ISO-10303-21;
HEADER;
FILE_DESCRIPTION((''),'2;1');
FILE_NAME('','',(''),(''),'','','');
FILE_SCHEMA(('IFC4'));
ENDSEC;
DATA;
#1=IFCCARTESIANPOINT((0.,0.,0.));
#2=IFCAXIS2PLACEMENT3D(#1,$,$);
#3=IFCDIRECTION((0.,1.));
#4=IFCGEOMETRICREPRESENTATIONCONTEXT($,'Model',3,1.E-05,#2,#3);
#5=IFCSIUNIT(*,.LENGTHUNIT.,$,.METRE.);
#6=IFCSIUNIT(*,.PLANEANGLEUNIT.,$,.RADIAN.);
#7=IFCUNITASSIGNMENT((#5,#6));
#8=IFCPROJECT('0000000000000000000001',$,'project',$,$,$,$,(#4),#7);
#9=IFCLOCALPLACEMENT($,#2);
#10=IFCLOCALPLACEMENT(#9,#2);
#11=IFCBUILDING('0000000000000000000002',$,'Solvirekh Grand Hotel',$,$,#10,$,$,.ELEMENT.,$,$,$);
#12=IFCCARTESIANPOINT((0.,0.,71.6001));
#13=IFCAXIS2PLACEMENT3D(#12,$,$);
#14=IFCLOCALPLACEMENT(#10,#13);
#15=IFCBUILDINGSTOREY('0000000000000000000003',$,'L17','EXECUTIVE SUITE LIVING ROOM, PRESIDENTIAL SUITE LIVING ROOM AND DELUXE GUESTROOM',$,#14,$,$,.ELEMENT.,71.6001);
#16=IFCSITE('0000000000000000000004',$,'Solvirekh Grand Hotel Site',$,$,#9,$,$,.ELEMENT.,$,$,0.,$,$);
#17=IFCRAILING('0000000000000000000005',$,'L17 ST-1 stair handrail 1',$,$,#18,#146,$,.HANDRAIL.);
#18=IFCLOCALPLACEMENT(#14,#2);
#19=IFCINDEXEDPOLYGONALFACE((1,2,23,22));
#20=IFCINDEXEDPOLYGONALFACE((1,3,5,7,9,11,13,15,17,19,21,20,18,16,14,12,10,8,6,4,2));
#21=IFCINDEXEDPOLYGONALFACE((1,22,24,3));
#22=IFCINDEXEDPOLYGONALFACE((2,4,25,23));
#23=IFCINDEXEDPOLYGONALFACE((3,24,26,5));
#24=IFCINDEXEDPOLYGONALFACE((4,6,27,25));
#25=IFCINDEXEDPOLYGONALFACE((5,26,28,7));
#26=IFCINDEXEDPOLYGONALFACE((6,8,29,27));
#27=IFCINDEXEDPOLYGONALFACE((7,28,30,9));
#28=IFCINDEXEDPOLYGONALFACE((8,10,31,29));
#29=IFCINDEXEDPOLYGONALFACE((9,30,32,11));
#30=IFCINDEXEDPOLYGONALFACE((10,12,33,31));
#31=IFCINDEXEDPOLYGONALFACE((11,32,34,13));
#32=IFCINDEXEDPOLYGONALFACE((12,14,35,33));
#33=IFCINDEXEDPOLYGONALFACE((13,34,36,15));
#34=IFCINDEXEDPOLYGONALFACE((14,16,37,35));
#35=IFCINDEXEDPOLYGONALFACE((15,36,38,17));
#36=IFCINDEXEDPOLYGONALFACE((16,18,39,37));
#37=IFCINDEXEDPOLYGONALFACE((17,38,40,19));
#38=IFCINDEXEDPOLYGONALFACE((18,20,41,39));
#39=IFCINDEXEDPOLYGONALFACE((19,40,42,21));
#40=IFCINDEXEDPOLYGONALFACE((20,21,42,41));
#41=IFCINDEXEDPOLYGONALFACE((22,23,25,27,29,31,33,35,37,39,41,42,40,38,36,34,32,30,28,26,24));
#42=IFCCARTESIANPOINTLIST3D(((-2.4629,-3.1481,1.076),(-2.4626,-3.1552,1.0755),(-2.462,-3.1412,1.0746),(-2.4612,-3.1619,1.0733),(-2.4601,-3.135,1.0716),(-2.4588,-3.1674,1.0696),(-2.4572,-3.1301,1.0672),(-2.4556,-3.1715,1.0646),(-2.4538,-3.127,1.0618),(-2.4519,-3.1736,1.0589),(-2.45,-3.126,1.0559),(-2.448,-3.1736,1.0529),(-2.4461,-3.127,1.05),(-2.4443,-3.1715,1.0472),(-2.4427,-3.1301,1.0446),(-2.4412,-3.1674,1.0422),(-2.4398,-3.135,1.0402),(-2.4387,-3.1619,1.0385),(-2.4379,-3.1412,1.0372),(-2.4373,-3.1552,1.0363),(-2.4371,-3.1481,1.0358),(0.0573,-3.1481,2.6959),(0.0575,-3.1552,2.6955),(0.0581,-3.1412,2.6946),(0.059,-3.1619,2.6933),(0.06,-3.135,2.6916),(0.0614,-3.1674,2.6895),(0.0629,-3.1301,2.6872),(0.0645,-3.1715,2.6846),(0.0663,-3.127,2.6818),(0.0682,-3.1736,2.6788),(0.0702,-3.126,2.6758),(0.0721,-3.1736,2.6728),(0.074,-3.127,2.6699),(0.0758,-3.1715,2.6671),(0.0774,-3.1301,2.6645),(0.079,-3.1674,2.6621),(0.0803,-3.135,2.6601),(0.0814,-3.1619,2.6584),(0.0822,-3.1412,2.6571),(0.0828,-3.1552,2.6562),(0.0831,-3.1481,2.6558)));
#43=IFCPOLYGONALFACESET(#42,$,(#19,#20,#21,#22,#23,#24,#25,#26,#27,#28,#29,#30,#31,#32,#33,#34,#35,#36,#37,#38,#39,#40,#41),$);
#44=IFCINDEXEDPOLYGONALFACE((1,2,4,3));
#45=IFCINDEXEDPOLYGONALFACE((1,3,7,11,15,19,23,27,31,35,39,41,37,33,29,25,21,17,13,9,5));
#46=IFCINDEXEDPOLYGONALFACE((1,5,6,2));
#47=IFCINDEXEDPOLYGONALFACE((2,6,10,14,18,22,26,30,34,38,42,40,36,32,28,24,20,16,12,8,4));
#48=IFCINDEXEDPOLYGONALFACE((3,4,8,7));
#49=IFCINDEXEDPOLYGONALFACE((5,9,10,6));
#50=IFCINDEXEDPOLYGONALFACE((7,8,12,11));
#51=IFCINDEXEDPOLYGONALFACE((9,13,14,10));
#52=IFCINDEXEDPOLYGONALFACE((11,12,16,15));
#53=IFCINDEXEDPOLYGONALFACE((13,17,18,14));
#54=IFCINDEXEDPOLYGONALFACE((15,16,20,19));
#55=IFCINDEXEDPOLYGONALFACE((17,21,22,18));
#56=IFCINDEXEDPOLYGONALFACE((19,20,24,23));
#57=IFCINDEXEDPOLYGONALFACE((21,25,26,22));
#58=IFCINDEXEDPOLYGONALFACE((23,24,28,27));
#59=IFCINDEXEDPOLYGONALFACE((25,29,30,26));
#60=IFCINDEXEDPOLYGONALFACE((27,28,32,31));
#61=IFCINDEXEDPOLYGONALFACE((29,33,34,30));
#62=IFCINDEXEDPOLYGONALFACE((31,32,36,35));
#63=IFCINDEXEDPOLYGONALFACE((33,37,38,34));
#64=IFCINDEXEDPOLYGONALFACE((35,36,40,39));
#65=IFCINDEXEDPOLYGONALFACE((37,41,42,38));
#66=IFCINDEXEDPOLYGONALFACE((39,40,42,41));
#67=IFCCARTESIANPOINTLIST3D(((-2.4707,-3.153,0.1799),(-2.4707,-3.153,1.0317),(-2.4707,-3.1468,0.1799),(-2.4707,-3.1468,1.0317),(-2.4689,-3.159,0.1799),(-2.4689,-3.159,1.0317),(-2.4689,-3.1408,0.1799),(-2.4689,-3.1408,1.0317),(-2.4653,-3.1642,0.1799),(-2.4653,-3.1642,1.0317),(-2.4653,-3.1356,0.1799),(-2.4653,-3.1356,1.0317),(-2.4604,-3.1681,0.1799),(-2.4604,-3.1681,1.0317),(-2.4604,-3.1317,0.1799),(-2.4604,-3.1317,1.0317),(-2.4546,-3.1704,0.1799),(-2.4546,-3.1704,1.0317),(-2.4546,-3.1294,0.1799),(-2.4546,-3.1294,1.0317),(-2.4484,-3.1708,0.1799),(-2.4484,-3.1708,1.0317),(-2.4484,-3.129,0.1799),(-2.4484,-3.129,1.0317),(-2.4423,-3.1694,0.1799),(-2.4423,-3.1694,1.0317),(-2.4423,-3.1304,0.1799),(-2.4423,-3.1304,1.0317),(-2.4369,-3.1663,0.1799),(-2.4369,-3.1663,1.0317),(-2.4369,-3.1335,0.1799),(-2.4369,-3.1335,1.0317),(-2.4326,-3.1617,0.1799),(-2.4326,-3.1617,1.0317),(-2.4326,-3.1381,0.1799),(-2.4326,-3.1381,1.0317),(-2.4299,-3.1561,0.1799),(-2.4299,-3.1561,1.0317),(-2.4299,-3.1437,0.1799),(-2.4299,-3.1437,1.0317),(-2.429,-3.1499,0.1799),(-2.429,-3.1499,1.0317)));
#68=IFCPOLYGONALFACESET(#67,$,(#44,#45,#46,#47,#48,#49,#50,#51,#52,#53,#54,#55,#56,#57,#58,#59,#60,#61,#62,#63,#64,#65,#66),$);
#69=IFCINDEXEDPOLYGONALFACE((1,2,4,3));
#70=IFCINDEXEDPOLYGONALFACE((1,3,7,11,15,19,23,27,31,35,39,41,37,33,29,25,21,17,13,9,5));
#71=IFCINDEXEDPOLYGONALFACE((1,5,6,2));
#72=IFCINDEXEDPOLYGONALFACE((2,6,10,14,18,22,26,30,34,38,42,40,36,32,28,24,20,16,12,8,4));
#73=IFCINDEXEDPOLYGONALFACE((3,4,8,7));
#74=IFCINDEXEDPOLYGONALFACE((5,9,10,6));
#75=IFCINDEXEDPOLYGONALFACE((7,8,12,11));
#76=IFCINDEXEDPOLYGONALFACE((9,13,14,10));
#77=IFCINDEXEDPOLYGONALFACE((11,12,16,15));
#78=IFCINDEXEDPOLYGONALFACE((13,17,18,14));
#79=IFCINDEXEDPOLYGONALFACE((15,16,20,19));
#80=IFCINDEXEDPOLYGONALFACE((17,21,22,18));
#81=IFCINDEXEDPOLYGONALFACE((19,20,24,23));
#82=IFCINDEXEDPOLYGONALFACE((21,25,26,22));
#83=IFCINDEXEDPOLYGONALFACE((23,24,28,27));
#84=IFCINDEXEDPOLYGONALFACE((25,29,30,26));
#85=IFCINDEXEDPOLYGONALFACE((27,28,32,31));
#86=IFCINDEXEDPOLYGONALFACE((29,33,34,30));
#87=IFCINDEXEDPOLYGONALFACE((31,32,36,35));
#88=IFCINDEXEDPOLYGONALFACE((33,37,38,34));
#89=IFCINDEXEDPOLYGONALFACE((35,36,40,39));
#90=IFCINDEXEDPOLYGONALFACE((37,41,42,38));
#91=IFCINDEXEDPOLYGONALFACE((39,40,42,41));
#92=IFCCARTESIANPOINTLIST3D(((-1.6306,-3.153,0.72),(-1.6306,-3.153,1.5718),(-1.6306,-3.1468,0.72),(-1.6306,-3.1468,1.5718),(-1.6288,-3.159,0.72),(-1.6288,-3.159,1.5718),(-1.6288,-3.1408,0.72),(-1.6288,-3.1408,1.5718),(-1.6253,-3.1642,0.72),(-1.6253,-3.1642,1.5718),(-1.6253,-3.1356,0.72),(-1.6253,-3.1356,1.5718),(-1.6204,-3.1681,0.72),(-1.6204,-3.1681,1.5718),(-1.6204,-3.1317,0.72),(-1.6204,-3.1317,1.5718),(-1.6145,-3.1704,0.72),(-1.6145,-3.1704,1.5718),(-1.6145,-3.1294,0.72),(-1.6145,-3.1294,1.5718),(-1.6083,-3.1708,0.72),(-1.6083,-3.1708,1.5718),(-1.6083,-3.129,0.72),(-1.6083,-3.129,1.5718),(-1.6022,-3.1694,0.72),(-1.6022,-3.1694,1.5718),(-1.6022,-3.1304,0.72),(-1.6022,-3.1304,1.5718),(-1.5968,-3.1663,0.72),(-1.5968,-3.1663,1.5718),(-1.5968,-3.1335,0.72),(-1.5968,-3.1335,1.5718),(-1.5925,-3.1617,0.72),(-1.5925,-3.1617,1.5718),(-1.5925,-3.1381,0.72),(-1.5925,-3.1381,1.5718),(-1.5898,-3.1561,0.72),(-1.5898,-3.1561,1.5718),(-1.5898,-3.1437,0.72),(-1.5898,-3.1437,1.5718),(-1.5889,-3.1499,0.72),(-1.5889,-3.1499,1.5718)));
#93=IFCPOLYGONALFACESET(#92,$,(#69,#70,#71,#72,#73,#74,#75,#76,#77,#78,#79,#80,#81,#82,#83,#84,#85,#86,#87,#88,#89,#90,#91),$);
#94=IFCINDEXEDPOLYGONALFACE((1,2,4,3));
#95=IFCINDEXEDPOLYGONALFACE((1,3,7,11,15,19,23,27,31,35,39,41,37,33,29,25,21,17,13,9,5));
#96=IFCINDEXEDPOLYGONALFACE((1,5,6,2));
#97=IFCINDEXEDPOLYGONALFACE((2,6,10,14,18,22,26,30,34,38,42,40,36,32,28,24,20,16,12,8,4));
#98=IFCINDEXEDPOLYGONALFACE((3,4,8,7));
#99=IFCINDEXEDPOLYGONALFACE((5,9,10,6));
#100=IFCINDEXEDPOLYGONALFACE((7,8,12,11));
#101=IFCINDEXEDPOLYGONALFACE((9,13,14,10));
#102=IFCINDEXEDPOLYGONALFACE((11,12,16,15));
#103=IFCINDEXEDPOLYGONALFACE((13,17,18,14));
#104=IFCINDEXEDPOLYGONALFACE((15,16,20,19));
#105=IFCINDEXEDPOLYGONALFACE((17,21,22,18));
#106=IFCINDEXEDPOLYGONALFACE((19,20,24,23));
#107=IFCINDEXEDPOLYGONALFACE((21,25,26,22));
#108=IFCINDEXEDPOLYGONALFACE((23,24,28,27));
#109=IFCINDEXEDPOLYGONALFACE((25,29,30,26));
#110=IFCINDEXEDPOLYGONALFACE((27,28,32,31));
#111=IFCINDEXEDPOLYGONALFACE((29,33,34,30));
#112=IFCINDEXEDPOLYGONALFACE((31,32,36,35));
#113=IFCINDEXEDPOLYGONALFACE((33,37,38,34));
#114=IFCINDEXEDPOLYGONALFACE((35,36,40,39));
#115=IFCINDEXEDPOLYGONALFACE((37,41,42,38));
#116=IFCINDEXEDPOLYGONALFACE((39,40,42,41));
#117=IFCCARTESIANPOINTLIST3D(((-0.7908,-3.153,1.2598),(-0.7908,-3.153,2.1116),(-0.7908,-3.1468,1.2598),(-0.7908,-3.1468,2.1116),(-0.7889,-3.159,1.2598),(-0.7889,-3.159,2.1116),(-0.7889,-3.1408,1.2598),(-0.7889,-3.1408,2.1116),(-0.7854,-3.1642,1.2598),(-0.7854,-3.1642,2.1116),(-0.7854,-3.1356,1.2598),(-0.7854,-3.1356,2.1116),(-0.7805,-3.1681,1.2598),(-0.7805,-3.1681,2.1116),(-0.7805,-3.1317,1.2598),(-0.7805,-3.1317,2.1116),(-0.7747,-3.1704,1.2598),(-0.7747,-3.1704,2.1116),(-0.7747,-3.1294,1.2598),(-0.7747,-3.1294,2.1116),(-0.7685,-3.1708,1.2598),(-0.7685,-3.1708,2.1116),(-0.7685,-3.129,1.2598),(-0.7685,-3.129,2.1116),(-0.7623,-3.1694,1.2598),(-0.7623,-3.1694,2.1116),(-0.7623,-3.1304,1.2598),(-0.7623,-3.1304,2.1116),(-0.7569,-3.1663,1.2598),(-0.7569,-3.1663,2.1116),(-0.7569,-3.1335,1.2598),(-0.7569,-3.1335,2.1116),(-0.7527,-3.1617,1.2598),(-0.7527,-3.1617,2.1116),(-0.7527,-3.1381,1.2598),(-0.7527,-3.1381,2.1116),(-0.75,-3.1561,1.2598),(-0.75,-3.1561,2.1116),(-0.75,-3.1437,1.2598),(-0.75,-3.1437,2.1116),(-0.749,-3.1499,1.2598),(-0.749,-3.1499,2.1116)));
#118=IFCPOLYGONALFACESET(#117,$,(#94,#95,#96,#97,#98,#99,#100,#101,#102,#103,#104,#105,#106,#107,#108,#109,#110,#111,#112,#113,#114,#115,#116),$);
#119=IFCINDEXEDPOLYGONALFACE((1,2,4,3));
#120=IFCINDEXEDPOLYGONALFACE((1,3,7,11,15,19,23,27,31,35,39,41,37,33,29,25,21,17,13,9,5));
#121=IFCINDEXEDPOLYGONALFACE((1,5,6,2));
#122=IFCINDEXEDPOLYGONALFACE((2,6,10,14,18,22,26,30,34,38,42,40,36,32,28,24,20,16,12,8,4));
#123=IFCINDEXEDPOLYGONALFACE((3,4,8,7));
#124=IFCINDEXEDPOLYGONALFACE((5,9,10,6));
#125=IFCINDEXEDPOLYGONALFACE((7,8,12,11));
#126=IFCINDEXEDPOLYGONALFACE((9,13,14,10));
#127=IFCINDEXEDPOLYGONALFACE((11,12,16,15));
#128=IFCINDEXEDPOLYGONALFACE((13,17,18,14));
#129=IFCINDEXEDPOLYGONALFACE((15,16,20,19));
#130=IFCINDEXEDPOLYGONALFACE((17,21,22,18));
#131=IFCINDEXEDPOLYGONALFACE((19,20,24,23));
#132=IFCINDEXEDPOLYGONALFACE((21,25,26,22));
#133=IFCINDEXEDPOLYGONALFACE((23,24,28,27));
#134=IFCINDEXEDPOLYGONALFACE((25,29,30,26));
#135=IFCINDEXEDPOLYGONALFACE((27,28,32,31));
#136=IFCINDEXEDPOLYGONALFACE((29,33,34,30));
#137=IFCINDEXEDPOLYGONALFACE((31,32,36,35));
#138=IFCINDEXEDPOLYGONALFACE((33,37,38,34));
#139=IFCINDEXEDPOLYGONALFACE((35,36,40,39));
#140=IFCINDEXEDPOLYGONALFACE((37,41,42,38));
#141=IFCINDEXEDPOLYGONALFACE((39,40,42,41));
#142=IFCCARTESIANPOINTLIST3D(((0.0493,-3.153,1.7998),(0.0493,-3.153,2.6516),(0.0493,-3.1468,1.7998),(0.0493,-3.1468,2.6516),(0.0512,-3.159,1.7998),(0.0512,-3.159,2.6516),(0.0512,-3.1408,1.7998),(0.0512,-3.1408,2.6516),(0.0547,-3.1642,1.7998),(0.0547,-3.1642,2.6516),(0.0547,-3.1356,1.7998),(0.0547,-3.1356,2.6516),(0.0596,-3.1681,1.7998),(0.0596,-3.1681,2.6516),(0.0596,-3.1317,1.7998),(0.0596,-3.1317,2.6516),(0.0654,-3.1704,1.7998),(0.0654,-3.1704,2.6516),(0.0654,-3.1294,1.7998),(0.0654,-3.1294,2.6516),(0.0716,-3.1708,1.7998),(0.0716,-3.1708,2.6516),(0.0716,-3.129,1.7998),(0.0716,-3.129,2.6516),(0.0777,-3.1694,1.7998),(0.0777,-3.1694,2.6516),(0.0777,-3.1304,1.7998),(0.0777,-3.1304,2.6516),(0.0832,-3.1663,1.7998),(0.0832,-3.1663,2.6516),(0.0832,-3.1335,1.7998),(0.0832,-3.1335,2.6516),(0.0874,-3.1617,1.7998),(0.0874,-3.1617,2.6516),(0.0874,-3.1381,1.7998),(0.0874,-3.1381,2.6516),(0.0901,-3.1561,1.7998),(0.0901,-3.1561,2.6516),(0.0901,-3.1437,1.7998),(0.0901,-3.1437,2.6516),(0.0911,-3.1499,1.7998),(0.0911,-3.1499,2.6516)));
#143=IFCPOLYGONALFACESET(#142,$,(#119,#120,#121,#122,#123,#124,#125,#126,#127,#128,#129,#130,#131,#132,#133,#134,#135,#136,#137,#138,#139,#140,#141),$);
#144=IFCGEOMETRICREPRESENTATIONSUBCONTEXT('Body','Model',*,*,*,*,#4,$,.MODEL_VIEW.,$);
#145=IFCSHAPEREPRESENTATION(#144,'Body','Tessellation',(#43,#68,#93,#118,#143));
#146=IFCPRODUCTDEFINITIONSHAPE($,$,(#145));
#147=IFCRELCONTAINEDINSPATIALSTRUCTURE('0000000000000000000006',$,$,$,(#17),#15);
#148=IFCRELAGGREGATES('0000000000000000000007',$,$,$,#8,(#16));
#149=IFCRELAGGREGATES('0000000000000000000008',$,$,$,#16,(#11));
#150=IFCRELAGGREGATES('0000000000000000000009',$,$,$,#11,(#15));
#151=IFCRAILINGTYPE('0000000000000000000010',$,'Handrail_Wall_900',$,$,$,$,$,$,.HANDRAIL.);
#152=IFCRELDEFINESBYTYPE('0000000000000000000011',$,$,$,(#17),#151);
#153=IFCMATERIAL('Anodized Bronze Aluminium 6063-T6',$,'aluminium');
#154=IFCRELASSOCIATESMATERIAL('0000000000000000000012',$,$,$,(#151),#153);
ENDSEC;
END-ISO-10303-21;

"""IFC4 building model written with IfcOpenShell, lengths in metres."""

from ifc_helpers import new_model, si_unit, direction, frame, origin, origin_2d, place, context, subcontext, project, spatial, circle, extrude, material, type_object, element, save


model = new_model("IFC4")

# Units and contexts
model_context = context("Model", 3, precision=1e-05, world=origin(), true_north=direction((0.0, 1.0)))
body_context = subcontext(model_context, "Body", "Model", "MODEL_VIEW")
ifc_project = project(units=[si_unit("LENGTHUNIT", "METRE"), si_unit("PLANEANGLEUNIT", "RADIAN")], contexts=[model_context])

# Site, building, storey
site_placement = place(None, origin())
site = spatial("IfcSite", under=ifc_project, at=site_placement, Name="Solvirekh Grand Hotel Site", CompositionType="ELEMENT", RefElevation=0.0)
building_placement = place(site_placement, origin())
building = spatial("IfcBuilding", under=site, at=building_placement, Name="Solvirekh Grand Hotel", CompositionType="ELEMENT")
storey_placement = place(building_placement, frame((0.0, 0.0, 71.6001)))
storey = spatial("IfcBuildingStorey", under=building, at=storey_placement, Name="L17", Description="EXECUTIVE SUITE LIVING ROOM, PRESIDENTIAL SUITE LIVING ROOM AND DELUXE GUESTROOM", CompositionType="ELEMENT", Elevation=71.6001)

# Railing
ifc_material_1 = material(Name="Anodized Bronze Aluminium 6063-T6", Category="aluminium")
railing_type_1 = type_object("IfcRailingType", Name="Handrail_Wall_900", PredefinedType="HANDRAIL", material=ifc_material_1)
railing_1_placement = place(storey_placement, frame((-2.45, -3.1499, 0.1799)))
element("IfcRailing", 1, at=railing_1_placement, inside=storey, type_object=railing_type_1, Name="L17 ST-1 stair handrail 1", PredefinedType="HANDRAIL", context=body_context, shape_type="SweptSolid", body=[
    extrude(circle(Radius=0.0239, at=origin_2d()), frame((0.0, 0.0, 0.876), z_axis=(0.8412, 0.0, 0.540725), x_axis=(0.0, 1.0, 0.0)), (0.0, 0.0, 1.0), 2.9958),
    extrude(circle(Radius=0.021, at=origin_2d()), origin(), (0.0, 0.0, 1.0), 0.8518),
    extrude(circle(Radius=0.021, at=origin_2d()), frame((0.8401, 0.0, 0.54)), (0.0, 0.0, 1.0), 0.8518),
    extrude(circle(Radius=0.021, at=origin_2d()), frame((1.6799, 0.0, 1.0798)), (0.0, 0.0, 1.0), 0.8518),
    extrude(circle(Radius=0.021, at=origin_2d()), frame((2.52, 0.0, 1.6199)), (0.0, 0.0, 1.0), 0.8518),
])

save(model, "model.ifc")
